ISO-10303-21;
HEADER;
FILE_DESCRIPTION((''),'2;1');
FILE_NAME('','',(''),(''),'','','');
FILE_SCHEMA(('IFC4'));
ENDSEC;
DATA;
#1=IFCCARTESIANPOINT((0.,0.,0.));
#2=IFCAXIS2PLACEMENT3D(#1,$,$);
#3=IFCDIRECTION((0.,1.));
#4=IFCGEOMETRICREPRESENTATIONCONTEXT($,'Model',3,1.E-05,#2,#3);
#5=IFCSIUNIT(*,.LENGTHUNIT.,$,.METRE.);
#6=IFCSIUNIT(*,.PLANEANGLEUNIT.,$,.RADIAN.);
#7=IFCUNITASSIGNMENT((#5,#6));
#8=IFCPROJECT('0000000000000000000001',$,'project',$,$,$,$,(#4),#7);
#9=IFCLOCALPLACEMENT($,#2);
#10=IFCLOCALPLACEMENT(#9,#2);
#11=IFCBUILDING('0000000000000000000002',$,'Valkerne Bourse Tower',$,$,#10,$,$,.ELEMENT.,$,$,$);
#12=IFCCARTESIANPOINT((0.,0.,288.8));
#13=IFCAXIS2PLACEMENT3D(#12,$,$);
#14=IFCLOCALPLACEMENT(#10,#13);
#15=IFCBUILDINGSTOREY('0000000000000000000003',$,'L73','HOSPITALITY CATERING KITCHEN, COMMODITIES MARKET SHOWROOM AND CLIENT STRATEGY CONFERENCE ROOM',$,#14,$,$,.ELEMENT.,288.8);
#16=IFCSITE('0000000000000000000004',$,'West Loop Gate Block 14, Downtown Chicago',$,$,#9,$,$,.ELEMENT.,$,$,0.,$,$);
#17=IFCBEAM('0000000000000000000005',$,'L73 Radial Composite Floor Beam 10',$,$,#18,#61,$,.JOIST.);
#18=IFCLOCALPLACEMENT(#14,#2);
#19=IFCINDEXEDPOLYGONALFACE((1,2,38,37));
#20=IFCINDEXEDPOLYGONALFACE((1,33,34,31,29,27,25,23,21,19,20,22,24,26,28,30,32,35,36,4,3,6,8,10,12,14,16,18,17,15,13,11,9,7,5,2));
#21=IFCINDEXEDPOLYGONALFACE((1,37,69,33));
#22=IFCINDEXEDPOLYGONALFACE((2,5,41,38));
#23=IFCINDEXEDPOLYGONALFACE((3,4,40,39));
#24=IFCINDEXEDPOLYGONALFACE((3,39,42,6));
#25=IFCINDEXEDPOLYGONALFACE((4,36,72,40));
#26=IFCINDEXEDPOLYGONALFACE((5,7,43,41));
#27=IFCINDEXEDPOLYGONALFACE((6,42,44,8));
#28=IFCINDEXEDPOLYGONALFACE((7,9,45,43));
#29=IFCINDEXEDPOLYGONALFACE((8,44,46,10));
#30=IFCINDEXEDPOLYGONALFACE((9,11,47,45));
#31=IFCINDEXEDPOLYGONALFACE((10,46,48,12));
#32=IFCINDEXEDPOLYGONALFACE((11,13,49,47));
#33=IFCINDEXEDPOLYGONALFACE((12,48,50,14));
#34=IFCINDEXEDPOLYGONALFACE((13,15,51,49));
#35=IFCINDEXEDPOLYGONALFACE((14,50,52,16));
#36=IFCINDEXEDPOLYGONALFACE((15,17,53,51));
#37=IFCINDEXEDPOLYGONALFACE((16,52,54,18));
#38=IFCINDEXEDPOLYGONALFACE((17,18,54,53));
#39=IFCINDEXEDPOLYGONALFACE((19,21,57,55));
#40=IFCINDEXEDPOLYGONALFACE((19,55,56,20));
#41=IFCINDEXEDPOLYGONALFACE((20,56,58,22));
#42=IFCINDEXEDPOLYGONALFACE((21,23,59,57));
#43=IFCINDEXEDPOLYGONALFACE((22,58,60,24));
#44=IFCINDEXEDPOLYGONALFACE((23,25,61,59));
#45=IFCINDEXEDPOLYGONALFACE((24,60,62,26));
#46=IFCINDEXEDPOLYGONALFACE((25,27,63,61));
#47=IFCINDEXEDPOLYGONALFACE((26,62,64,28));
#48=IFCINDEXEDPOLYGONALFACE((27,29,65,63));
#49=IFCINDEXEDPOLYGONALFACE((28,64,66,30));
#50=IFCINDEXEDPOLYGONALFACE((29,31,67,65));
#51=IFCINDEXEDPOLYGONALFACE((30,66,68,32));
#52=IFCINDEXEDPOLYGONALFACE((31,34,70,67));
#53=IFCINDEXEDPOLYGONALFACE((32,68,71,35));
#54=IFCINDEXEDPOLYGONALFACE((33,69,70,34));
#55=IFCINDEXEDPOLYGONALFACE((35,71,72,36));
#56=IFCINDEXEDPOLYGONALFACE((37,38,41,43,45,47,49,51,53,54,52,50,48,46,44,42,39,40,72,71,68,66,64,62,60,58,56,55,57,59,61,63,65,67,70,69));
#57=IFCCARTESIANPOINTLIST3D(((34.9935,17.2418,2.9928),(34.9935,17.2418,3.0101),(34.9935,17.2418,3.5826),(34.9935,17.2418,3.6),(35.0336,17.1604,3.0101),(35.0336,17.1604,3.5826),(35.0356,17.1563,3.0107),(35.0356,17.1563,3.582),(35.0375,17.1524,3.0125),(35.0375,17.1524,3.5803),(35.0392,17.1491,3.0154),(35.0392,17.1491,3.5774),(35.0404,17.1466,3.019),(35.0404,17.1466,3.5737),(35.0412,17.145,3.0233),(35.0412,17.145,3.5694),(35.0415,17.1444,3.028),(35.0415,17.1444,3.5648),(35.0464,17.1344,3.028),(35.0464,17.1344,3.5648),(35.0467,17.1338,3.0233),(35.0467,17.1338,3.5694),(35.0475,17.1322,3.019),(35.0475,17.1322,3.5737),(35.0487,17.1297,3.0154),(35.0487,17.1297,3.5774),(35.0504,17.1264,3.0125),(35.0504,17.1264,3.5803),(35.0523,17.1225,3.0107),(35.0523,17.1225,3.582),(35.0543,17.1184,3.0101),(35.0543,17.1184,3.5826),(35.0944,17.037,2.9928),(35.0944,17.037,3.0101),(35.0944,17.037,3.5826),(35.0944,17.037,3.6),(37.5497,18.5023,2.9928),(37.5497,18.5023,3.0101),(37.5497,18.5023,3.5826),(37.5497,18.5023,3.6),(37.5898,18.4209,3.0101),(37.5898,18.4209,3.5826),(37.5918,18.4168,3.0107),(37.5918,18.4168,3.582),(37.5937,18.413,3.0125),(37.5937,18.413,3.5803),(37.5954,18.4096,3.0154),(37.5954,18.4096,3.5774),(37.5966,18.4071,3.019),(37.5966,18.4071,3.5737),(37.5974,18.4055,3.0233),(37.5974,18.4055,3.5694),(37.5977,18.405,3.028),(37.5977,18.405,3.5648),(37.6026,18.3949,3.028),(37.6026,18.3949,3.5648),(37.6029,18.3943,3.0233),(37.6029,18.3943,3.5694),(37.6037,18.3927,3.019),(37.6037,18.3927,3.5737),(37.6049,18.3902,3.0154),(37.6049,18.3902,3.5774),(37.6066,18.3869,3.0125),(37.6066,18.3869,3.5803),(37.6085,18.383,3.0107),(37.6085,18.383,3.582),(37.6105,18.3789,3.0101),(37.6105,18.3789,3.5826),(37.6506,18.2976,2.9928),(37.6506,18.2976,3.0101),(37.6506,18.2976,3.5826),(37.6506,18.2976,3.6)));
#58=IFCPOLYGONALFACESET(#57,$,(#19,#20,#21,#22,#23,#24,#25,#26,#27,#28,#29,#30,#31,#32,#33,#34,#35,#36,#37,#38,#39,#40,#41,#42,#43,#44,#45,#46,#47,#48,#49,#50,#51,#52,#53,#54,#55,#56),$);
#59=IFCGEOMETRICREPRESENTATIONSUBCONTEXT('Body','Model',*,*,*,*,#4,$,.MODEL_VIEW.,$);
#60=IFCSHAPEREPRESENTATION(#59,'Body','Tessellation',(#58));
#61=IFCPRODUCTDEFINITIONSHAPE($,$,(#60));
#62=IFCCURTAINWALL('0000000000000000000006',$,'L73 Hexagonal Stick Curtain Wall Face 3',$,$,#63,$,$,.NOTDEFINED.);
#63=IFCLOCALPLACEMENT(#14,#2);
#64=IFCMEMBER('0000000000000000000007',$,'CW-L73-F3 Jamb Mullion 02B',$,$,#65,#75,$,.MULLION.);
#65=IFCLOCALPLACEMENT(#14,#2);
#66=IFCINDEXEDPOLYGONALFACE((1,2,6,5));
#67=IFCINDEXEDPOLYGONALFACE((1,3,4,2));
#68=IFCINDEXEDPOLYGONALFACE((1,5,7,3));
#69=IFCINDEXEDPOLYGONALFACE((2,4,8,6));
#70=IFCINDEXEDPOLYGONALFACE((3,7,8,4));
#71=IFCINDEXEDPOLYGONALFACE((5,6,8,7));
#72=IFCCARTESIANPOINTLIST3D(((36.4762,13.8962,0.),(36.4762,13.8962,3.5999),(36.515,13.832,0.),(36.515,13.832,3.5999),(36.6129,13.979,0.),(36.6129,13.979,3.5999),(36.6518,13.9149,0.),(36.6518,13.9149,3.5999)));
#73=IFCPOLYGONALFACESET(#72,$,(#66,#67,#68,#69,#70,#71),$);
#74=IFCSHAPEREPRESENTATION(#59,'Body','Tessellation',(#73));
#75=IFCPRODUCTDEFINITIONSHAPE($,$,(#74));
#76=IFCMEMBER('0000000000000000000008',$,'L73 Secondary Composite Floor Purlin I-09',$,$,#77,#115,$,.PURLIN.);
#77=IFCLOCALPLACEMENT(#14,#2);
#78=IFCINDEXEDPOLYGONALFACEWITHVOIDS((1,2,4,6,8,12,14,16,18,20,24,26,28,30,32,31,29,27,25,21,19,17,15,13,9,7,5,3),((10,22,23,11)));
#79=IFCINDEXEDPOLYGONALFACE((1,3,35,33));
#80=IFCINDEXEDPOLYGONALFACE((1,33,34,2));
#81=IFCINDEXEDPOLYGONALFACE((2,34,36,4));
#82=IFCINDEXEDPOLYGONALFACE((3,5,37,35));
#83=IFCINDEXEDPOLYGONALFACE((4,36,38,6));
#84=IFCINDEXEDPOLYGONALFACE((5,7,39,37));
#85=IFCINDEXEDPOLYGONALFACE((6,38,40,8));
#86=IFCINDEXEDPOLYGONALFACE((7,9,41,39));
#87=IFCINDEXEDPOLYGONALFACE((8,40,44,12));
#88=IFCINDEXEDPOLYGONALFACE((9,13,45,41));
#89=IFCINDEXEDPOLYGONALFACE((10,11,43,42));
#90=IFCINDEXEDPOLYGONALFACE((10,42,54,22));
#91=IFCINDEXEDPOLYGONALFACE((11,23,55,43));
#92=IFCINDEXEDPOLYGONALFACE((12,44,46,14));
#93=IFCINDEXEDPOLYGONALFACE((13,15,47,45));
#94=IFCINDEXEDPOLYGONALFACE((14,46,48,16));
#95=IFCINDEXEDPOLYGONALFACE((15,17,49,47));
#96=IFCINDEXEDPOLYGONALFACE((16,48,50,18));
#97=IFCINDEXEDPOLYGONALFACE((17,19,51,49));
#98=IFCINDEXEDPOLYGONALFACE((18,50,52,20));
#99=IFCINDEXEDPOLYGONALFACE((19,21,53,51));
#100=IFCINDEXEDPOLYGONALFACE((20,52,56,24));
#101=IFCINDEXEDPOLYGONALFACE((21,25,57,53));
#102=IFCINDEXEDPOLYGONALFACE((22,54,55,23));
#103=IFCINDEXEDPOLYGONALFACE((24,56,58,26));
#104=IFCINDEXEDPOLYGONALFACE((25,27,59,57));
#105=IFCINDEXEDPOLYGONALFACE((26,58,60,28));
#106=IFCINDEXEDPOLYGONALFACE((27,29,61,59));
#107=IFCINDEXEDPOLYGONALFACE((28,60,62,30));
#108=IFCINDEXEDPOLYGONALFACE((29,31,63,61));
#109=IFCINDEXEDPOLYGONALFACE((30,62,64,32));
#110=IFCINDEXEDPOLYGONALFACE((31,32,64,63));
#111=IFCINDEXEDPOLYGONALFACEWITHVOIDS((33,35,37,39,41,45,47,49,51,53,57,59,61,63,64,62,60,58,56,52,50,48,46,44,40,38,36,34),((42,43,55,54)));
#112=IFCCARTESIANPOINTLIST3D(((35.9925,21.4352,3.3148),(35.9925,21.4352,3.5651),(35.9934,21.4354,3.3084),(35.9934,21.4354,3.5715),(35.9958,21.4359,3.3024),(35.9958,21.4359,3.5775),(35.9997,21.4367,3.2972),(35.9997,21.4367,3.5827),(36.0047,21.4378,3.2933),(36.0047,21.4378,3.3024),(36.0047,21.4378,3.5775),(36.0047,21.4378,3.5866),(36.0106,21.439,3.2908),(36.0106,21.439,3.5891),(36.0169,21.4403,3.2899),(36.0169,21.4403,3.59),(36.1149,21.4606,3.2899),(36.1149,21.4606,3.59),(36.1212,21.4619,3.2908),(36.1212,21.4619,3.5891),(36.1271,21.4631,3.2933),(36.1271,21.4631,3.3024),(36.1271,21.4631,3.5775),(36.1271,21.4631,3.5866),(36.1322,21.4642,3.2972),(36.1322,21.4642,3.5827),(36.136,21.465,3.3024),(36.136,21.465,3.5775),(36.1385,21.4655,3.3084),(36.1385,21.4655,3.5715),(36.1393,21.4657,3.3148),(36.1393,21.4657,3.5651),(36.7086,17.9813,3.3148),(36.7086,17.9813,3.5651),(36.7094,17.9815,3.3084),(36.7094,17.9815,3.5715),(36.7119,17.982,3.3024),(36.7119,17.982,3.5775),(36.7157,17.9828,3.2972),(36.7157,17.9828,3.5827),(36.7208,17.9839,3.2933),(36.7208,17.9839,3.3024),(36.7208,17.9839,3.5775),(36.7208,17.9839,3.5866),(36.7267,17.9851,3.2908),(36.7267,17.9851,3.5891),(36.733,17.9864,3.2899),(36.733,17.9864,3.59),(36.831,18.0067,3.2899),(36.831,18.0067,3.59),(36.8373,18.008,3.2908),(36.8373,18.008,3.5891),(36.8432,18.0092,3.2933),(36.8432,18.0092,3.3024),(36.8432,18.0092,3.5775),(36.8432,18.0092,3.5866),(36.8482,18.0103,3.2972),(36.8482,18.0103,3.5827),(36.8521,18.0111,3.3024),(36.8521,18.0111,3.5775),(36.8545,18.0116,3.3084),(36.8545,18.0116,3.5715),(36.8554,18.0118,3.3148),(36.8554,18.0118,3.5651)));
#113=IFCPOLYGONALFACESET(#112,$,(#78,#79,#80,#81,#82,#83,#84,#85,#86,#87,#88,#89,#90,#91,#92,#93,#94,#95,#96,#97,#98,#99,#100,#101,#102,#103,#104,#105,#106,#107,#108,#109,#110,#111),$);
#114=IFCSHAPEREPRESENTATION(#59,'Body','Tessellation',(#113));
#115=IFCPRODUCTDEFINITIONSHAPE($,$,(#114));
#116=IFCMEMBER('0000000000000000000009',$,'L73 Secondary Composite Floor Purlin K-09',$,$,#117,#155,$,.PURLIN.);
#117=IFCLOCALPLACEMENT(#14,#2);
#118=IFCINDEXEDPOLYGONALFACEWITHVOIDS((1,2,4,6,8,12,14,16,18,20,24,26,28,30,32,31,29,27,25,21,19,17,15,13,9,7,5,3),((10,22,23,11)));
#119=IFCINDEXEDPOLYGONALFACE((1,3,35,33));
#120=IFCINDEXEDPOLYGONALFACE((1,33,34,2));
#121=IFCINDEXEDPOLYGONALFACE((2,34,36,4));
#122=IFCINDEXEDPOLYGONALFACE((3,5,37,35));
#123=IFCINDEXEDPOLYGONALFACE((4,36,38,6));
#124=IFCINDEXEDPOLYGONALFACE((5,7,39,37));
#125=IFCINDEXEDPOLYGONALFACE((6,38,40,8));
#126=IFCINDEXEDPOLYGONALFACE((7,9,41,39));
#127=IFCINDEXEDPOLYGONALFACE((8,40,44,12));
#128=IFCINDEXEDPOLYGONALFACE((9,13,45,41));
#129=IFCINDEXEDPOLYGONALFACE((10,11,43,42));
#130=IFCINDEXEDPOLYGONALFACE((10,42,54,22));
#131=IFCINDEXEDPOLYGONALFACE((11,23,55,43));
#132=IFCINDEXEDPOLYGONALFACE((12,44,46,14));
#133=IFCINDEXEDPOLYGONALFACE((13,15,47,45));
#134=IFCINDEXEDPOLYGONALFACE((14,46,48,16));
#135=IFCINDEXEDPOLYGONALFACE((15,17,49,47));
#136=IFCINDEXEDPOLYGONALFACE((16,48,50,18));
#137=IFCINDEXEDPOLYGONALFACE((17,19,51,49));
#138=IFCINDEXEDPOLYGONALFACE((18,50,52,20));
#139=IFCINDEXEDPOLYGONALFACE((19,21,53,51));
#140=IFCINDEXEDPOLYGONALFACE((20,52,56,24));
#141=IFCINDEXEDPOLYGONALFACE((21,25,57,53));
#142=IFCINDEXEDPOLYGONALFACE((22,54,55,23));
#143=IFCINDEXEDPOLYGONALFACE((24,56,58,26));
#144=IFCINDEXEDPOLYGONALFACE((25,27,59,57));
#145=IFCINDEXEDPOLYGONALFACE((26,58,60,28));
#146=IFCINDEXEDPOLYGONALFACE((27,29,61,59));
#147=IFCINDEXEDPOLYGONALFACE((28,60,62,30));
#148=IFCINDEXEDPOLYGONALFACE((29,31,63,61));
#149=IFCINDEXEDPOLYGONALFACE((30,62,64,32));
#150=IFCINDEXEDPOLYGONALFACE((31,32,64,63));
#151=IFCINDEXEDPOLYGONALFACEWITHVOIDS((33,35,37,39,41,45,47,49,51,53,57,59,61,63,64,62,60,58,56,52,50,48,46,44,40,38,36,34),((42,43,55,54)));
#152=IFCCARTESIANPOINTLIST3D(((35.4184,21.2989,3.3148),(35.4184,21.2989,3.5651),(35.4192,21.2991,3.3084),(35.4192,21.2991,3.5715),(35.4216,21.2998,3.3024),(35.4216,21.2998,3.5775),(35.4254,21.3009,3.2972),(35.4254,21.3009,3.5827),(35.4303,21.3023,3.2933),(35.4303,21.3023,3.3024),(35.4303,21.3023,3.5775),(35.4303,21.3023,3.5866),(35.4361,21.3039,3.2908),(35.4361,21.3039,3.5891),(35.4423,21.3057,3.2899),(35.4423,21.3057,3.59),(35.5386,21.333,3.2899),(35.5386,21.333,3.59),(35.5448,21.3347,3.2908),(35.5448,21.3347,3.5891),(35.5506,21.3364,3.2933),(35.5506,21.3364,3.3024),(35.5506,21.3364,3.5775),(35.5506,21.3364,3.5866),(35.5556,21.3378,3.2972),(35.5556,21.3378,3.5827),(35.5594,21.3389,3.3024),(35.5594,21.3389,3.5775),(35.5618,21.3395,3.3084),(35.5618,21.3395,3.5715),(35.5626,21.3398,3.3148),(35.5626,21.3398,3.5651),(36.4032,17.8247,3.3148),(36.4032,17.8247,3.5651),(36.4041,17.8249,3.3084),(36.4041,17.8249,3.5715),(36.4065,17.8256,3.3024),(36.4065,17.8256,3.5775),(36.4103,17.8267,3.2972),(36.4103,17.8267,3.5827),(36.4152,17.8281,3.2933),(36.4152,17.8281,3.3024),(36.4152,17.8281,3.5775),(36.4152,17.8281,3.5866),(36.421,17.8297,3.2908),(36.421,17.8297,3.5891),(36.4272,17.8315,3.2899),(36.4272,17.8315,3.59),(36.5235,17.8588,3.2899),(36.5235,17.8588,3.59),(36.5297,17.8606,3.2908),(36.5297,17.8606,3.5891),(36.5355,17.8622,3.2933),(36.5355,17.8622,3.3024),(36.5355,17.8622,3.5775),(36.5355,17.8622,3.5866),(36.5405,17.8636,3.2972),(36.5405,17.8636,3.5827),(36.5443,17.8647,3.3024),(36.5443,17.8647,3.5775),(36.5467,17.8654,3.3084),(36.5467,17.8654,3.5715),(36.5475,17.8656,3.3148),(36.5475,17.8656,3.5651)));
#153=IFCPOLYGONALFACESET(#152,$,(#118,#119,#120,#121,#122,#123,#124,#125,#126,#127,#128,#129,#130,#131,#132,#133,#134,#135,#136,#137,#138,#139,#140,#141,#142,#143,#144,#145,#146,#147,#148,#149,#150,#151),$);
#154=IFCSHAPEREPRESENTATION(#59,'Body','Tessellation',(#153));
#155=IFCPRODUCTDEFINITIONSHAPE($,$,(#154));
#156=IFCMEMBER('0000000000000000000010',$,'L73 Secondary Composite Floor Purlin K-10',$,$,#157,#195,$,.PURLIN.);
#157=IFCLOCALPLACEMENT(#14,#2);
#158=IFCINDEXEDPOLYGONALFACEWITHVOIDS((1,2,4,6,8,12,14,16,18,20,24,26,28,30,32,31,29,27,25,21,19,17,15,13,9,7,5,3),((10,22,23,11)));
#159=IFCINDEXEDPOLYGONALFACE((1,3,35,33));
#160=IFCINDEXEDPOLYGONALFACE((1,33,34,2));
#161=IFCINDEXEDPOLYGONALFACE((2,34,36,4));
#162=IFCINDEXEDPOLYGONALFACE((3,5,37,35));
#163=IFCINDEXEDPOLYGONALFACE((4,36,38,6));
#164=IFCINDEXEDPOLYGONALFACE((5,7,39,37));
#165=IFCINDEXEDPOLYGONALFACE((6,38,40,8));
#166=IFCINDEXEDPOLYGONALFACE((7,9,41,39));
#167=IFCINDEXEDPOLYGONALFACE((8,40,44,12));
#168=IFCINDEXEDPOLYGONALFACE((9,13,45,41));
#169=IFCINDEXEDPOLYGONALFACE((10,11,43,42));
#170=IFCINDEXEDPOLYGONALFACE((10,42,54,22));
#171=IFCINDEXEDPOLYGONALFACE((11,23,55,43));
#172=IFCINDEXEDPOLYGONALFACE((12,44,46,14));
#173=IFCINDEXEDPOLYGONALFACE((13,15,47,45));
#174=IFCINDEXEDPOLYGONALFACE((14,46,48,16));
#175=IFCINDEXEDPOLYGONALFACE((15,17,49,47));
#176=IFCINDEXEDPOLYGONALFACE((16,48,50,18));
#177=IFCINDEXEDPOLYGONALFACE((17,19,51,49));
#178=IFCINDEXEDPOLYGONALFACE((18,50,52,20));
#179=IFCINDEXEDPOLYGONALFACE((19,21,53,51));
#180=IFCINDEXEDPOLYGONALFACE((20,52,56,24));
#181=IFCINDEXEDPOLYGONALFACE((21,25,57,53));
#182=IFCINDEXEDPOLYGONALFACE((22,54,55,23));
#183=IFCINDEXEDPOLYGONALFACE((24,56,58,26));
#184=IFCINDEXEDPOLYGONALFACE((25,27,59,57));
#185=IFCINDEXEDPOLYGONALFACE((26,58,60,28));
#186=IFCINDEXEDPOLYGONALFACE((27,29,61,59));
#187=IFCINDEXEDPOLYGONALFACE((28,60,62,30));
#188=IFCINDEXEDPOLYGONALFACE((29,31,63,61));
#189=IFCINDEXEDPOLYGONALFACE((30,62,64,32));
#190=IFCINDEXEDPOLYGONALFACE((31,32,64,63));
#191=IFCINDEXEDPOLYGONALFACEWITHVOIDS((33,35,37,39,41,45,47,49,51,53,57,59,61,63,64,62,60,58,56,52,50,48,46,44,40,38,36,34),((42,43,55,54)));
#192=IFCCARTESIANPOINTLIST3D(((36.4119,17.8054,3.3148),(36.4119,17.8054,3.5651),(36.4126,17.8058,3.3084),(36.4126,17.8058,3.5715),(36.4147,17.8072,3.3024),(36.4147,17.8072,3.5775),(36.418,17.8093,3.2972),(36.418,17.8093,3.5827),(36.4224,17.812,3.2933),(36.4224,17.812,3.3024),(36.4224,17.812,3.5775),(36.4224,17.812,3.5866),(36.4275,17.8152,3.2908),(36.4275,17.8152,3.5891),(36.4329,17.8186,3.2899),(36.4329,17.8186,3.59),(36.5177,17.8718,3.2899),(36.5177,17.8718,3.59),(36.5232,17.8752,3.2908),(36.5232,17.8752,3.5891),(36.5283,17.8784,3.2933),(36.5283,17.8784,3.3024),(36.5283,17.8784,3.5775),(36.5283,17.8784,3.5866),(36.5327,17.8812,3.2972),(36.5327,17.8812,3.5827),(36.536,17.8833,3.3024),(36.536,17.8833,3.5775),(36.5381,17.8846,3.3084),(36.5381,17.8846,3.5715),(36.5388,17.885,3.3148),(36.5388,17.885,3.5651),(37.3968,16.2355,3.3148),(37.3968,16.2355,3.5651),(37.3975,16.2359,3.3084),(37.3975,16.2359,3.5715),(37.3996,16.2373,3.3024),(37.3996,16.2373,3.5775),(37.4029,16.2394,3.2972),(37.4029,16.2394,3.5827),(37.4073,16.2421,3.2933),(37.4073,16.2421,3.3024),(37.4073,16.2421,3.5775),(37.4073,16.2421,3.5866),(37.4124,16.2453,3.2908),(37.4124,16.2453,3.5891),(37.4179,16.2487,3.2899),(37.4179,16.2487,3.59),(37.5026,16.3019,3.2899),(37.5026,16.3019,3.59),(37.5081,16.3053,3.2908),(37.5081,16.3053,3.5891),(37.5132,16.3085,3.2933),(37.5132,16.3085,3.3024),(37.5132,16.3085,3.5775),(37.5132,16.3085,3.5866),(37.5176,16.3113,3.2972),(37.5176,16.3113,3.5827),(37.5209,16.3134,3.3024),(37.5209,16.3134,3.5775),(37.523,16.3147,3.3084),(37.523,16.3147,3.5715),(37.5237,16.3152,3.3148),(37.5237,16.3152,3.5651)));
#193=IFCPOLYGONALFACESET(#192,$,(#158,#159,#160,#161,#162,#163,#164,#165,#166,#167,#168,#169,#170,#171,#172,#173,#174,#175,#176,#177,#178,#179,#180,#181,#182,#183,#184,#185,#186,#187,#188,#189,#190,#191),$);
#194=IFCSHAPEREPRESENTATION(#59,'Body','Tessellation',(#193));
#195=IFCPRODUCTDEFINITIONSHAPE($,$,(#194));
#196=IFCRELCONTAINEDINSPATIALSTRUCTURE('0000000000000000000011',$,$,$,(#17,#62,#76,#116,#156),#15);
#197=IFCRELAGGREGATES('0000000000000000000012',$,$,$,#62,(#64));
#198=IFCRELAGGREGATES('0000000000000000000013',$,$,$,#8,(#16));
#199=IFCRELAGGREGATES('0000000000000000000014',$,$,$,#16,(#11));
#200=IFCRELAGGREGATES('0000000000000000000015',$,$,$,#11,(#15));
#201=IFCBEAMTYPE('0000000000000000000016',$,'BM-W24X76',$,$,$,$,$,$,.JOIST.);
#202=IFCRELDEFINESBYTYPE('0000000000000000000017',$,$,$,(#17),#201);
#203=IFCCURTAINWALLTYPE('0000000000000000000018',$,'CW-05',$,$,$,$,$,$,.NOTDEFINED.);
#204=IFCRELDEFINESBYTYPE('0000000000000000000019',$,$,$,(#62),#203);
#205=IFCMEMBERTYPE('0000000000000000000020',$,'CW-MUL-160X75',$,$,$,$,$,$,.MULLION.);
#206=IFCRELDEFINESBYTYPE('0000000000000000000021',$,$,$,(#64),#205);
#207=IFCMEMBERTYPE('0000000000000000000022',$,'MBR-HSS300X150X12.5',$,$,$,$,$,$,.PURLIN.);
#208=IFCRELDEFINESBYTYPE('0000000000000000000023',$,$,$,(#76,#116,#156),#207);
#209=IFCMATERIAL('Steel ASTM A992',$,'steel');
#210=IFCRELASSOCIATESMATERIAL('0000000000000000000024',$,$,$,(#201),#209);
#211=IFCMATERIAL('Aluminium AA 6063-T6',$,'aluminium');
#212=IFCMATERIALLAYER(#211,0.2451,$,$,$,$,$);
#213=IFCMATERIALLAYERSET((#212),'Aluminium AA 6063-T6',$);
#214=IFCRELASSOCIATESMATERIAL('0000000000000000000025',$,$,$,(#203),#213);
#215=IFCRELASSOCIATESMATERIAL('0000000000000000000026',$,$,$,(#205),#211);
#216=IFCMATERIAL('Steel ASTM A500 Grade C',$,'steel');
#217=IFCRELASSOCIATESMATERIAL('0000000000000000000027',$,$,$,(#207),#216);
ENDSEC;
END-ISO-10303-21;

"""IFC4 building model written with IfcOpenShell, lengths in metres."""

from ifc_helpers import new_model, si_unit, direction, frame, origin, origin_2d, place, context, subcontext, project, spatial, rectangle, hollow_rectangle, i_section, extrude, material, layer, layer_set, material_profile, profile_set, type_object, element, aggregate, save


model = new_model("IFC4")

# Units and contexts
model_context = context("Model", 3, precision=1e-05, world=origin(), true_north=direction((0.0, 1.0)))
body_context = subcontext(model_context, "Body", "Model", "MODEL_VIEW")
ifc_project = project(units=[si_unit("LENGTHUNIT", "METRE"), si_unit("PLANEANGLEUNIT", "RADIAN")], contexts=[model_context])

# Site, building, storey
site_placement = place(None, origin())
site = spatial("IfcSite", under=ifc_project, at=site_placement, Name="West Loop Gate Block 14, Downtown Chicago", CompositionType="ELEMENT", RefElevation=0.0)
building_placement = place(site_placement, origin())
building = spatial("IfcBuilding", under=site, at=building_placement, Name="Valkerne Bourse Tower", CompositionType="ELEMENT")
storey_placement = place(building_placement, frame((0.0, 0.0, 288.8)))
storey = spatial("IfcBuildingStorey", under=building, at=storey_placement, Name="L73", Description="HOSPITALITY CATERING KITCHEN, COMMODITIES MARKET SHOWROOM AND CLIENT STRATEGY CONFERENCE ROOM", CompositionType="ELEMENT", Elevation=288.8)

# Beam
ifc_material_1 = material(Name="Steel ASTM A992", Category="steel")
ifc_material_profile_1 = material_profile(ifc_material_1, i_section(OverallWidth=0.2283, OverallDepth=0.6072, WebThickness=0.0112, FlangeThickness=0.0173, FilletRadius=0.0178, at=origin_2d()), Name="W24X76")
ifc_profile_set_1 = profile_set([ifc_material_profile_1], Name="Steel ASTM A992")
beam_type_1 = type_object("IfcBeamType", Name="BM-W24X76", PredefinedType="JOIST", material=ifc_profile_set_1)
beam_1_placement = place(storey_placement, frame((35.0439, 17.1394, 3.2964), z_axis=(0.896881, 0.442273, 0.0), x_axis=(-0.442273, 0.896881, 0.0)))
element("IfcBeam", 1, at=beam_1_placement, inside=storey, type_object=beam_type_1, Name="L73 Radial Composite Floor Beam 10", PredefinedType="JOIST", context=body_context, shape_type="SweptSolid", body=[
    extrude(i_section(OverallWidth=0.2283, OverallDepth=0.6072, WebThickness=0.0112, FlangeThickness=0.0173, FilletRadius=0.0178, at=origin_2d()), origin(), (0.0, 0.0, 1.0), 2.8501),
])

# Curtain wall, member
ifc_material_2 = material(Name="Aluminium AA 6063-T6", Category="aluminium")
ifc_layer_1 = layer(ifc_material_2, 0.2451)
ifc_layer_set_1 = layer_set([ifc_layer_1], Name="Aluminium AA 6063-T6")
curtain_wall_type = type_object("IfcCurtainWallType", Name="CW-05", PredefinedType="NOTDEFINED", material=ifc_layer_set_1)
curtain_wall_placement = place(storey_placement, origin())
curtain_wall = element("IfcCurtainWall", 2, at=curtain_wall_placement, inside=storey, type_object=curtain_wall_type, Name="L73 Hexagonal Stick Curtain Wall Face 3", PredefinedType="NOTDEFINED")
ifc_material_profile_2 = material_profile(ifc_material_2, rectangle(XDim=0.075, YDim=0.1599, at=origin_2d()), Name="CWM-75X160")
ifc_profile_set_2 = profile_set([ifc_material_profile_2], Name="Aluminium AA 6063-T6")
member_type_1 = type_object("IfcMemberType", Name="CW-MUL-160X75", PredefinedType="MULLION", material=ifc_profile_set_2)
member_1_placement = place(storey_placement, frame((36.564, 13.9055, 0.0), z_axis=(0.0, 0.0, 1.0), x_axis=(0.518021, -0.855368, 0.0)))
member_1 = element("IfcMember", 3, at=member_1_placement, type_object=member_type_1, Name="CW-L73-F3 Jamb Mullion 02B", PredefinedType="MULLION", context=body_context, shape_type="SweptSolid", body=[
    extrude(rectangle(XDim=0.075, YDim=0.1599, at=origin_2d()), origin(), (0.0, 0.0, 1.0), 3.5999),
])

# Members
ifc_material_3 = material(Name="Steel ASTM A500 Grade C", Category="steel")
ifc_material_profile_3 = material_profile(ifc_material_3, hollow_rectangle(XDim=0.1499, YDim=0.3, WallThickness=0.0125, OuterFilletRadius=0.0249, at=origin_2d()), Name="HSS300X150X12.5")
ifc_profile_set_3 = profile_set([ifc_material_profile_3], Name="Steel ASTM A500 Grade C")
member_type_2 = type_object("IfcMemberType", Name="MBR-HSS300X150X12.5", PredefinedType="PURLIN", material=ifc_profile_set_3)
member_2_placement = place(storey_placement, frame((36.0659, 21.4504, 3.4399), z_axis=(0.203006, -0.979177, 0.0), x_axis=(0.979177, 0.203006, 0.0)))
element("IfcMember", 4, at=member_2_placement, inside=storey, type_object=member_type_2, Name="L73 Secondary Composite Floor Purlin I-09", PredefinedType="PURLIN", context=body_context, shape_type="SweptSolid", body=[
    extrude(hollow_rectangle(XDim=0.1499, YDim=0.3, WallThickness=0.0125, OuterFilletRadius=0.0249, at=origin_2d()), origin(), (0.0, 0.0, 1.0), 3.5273),
])
member_3_placement = place(storey_placement, frame((35.4905, 21.3193, 3.4399), z_axis=(0.272738, -0.962088, 0.0), x_axis=(0.962088, 0.272738, 0.0)))
element("IfcMember", 5, at=member_3_placement, inside=storey, type_object=member_type_2, Name="L73 Secondary Composite Floor Purlin K-09", PredefinedType="PURLIN", context=body_context, shape_type="SweptSolid", body=[
    extrude(hollow_rectangle(XDim=0.1499, YDim=0.3, WallThickness=0.0125, OuterFilletRadius=0.0249, at=origin_2d()), origin(), (0.0, 0.0, 1.0), 3.6111),
])
member_4_placement = place(storey_placement, frame((36.4753, 17.8452, 3.4399), z_axis=(0.531443, -0.847094, 0.0), x_axis=(0.847094, 0.531443, 0.0)))
element("IfcMember", 6, at=member_4_placement, inside=storey, type_object=member_type_2, Name="L73 Secondary Composite Floor Purlin K-10", PredefinedType="PURLIN", context=body_context, shape_type="SweptSolid", body=[
    extrude(hollow_rectangle(XDim=0.1499, YDim=0.3, WallThickness=0.0125, OuterFilletRadius=0.0249, at=origin_2d()), origin(), (0.0, 0.0, 1.0), 1.8533),
])

aggregate(curtain_wall, [member_1])

save(model, "model.ifc")
